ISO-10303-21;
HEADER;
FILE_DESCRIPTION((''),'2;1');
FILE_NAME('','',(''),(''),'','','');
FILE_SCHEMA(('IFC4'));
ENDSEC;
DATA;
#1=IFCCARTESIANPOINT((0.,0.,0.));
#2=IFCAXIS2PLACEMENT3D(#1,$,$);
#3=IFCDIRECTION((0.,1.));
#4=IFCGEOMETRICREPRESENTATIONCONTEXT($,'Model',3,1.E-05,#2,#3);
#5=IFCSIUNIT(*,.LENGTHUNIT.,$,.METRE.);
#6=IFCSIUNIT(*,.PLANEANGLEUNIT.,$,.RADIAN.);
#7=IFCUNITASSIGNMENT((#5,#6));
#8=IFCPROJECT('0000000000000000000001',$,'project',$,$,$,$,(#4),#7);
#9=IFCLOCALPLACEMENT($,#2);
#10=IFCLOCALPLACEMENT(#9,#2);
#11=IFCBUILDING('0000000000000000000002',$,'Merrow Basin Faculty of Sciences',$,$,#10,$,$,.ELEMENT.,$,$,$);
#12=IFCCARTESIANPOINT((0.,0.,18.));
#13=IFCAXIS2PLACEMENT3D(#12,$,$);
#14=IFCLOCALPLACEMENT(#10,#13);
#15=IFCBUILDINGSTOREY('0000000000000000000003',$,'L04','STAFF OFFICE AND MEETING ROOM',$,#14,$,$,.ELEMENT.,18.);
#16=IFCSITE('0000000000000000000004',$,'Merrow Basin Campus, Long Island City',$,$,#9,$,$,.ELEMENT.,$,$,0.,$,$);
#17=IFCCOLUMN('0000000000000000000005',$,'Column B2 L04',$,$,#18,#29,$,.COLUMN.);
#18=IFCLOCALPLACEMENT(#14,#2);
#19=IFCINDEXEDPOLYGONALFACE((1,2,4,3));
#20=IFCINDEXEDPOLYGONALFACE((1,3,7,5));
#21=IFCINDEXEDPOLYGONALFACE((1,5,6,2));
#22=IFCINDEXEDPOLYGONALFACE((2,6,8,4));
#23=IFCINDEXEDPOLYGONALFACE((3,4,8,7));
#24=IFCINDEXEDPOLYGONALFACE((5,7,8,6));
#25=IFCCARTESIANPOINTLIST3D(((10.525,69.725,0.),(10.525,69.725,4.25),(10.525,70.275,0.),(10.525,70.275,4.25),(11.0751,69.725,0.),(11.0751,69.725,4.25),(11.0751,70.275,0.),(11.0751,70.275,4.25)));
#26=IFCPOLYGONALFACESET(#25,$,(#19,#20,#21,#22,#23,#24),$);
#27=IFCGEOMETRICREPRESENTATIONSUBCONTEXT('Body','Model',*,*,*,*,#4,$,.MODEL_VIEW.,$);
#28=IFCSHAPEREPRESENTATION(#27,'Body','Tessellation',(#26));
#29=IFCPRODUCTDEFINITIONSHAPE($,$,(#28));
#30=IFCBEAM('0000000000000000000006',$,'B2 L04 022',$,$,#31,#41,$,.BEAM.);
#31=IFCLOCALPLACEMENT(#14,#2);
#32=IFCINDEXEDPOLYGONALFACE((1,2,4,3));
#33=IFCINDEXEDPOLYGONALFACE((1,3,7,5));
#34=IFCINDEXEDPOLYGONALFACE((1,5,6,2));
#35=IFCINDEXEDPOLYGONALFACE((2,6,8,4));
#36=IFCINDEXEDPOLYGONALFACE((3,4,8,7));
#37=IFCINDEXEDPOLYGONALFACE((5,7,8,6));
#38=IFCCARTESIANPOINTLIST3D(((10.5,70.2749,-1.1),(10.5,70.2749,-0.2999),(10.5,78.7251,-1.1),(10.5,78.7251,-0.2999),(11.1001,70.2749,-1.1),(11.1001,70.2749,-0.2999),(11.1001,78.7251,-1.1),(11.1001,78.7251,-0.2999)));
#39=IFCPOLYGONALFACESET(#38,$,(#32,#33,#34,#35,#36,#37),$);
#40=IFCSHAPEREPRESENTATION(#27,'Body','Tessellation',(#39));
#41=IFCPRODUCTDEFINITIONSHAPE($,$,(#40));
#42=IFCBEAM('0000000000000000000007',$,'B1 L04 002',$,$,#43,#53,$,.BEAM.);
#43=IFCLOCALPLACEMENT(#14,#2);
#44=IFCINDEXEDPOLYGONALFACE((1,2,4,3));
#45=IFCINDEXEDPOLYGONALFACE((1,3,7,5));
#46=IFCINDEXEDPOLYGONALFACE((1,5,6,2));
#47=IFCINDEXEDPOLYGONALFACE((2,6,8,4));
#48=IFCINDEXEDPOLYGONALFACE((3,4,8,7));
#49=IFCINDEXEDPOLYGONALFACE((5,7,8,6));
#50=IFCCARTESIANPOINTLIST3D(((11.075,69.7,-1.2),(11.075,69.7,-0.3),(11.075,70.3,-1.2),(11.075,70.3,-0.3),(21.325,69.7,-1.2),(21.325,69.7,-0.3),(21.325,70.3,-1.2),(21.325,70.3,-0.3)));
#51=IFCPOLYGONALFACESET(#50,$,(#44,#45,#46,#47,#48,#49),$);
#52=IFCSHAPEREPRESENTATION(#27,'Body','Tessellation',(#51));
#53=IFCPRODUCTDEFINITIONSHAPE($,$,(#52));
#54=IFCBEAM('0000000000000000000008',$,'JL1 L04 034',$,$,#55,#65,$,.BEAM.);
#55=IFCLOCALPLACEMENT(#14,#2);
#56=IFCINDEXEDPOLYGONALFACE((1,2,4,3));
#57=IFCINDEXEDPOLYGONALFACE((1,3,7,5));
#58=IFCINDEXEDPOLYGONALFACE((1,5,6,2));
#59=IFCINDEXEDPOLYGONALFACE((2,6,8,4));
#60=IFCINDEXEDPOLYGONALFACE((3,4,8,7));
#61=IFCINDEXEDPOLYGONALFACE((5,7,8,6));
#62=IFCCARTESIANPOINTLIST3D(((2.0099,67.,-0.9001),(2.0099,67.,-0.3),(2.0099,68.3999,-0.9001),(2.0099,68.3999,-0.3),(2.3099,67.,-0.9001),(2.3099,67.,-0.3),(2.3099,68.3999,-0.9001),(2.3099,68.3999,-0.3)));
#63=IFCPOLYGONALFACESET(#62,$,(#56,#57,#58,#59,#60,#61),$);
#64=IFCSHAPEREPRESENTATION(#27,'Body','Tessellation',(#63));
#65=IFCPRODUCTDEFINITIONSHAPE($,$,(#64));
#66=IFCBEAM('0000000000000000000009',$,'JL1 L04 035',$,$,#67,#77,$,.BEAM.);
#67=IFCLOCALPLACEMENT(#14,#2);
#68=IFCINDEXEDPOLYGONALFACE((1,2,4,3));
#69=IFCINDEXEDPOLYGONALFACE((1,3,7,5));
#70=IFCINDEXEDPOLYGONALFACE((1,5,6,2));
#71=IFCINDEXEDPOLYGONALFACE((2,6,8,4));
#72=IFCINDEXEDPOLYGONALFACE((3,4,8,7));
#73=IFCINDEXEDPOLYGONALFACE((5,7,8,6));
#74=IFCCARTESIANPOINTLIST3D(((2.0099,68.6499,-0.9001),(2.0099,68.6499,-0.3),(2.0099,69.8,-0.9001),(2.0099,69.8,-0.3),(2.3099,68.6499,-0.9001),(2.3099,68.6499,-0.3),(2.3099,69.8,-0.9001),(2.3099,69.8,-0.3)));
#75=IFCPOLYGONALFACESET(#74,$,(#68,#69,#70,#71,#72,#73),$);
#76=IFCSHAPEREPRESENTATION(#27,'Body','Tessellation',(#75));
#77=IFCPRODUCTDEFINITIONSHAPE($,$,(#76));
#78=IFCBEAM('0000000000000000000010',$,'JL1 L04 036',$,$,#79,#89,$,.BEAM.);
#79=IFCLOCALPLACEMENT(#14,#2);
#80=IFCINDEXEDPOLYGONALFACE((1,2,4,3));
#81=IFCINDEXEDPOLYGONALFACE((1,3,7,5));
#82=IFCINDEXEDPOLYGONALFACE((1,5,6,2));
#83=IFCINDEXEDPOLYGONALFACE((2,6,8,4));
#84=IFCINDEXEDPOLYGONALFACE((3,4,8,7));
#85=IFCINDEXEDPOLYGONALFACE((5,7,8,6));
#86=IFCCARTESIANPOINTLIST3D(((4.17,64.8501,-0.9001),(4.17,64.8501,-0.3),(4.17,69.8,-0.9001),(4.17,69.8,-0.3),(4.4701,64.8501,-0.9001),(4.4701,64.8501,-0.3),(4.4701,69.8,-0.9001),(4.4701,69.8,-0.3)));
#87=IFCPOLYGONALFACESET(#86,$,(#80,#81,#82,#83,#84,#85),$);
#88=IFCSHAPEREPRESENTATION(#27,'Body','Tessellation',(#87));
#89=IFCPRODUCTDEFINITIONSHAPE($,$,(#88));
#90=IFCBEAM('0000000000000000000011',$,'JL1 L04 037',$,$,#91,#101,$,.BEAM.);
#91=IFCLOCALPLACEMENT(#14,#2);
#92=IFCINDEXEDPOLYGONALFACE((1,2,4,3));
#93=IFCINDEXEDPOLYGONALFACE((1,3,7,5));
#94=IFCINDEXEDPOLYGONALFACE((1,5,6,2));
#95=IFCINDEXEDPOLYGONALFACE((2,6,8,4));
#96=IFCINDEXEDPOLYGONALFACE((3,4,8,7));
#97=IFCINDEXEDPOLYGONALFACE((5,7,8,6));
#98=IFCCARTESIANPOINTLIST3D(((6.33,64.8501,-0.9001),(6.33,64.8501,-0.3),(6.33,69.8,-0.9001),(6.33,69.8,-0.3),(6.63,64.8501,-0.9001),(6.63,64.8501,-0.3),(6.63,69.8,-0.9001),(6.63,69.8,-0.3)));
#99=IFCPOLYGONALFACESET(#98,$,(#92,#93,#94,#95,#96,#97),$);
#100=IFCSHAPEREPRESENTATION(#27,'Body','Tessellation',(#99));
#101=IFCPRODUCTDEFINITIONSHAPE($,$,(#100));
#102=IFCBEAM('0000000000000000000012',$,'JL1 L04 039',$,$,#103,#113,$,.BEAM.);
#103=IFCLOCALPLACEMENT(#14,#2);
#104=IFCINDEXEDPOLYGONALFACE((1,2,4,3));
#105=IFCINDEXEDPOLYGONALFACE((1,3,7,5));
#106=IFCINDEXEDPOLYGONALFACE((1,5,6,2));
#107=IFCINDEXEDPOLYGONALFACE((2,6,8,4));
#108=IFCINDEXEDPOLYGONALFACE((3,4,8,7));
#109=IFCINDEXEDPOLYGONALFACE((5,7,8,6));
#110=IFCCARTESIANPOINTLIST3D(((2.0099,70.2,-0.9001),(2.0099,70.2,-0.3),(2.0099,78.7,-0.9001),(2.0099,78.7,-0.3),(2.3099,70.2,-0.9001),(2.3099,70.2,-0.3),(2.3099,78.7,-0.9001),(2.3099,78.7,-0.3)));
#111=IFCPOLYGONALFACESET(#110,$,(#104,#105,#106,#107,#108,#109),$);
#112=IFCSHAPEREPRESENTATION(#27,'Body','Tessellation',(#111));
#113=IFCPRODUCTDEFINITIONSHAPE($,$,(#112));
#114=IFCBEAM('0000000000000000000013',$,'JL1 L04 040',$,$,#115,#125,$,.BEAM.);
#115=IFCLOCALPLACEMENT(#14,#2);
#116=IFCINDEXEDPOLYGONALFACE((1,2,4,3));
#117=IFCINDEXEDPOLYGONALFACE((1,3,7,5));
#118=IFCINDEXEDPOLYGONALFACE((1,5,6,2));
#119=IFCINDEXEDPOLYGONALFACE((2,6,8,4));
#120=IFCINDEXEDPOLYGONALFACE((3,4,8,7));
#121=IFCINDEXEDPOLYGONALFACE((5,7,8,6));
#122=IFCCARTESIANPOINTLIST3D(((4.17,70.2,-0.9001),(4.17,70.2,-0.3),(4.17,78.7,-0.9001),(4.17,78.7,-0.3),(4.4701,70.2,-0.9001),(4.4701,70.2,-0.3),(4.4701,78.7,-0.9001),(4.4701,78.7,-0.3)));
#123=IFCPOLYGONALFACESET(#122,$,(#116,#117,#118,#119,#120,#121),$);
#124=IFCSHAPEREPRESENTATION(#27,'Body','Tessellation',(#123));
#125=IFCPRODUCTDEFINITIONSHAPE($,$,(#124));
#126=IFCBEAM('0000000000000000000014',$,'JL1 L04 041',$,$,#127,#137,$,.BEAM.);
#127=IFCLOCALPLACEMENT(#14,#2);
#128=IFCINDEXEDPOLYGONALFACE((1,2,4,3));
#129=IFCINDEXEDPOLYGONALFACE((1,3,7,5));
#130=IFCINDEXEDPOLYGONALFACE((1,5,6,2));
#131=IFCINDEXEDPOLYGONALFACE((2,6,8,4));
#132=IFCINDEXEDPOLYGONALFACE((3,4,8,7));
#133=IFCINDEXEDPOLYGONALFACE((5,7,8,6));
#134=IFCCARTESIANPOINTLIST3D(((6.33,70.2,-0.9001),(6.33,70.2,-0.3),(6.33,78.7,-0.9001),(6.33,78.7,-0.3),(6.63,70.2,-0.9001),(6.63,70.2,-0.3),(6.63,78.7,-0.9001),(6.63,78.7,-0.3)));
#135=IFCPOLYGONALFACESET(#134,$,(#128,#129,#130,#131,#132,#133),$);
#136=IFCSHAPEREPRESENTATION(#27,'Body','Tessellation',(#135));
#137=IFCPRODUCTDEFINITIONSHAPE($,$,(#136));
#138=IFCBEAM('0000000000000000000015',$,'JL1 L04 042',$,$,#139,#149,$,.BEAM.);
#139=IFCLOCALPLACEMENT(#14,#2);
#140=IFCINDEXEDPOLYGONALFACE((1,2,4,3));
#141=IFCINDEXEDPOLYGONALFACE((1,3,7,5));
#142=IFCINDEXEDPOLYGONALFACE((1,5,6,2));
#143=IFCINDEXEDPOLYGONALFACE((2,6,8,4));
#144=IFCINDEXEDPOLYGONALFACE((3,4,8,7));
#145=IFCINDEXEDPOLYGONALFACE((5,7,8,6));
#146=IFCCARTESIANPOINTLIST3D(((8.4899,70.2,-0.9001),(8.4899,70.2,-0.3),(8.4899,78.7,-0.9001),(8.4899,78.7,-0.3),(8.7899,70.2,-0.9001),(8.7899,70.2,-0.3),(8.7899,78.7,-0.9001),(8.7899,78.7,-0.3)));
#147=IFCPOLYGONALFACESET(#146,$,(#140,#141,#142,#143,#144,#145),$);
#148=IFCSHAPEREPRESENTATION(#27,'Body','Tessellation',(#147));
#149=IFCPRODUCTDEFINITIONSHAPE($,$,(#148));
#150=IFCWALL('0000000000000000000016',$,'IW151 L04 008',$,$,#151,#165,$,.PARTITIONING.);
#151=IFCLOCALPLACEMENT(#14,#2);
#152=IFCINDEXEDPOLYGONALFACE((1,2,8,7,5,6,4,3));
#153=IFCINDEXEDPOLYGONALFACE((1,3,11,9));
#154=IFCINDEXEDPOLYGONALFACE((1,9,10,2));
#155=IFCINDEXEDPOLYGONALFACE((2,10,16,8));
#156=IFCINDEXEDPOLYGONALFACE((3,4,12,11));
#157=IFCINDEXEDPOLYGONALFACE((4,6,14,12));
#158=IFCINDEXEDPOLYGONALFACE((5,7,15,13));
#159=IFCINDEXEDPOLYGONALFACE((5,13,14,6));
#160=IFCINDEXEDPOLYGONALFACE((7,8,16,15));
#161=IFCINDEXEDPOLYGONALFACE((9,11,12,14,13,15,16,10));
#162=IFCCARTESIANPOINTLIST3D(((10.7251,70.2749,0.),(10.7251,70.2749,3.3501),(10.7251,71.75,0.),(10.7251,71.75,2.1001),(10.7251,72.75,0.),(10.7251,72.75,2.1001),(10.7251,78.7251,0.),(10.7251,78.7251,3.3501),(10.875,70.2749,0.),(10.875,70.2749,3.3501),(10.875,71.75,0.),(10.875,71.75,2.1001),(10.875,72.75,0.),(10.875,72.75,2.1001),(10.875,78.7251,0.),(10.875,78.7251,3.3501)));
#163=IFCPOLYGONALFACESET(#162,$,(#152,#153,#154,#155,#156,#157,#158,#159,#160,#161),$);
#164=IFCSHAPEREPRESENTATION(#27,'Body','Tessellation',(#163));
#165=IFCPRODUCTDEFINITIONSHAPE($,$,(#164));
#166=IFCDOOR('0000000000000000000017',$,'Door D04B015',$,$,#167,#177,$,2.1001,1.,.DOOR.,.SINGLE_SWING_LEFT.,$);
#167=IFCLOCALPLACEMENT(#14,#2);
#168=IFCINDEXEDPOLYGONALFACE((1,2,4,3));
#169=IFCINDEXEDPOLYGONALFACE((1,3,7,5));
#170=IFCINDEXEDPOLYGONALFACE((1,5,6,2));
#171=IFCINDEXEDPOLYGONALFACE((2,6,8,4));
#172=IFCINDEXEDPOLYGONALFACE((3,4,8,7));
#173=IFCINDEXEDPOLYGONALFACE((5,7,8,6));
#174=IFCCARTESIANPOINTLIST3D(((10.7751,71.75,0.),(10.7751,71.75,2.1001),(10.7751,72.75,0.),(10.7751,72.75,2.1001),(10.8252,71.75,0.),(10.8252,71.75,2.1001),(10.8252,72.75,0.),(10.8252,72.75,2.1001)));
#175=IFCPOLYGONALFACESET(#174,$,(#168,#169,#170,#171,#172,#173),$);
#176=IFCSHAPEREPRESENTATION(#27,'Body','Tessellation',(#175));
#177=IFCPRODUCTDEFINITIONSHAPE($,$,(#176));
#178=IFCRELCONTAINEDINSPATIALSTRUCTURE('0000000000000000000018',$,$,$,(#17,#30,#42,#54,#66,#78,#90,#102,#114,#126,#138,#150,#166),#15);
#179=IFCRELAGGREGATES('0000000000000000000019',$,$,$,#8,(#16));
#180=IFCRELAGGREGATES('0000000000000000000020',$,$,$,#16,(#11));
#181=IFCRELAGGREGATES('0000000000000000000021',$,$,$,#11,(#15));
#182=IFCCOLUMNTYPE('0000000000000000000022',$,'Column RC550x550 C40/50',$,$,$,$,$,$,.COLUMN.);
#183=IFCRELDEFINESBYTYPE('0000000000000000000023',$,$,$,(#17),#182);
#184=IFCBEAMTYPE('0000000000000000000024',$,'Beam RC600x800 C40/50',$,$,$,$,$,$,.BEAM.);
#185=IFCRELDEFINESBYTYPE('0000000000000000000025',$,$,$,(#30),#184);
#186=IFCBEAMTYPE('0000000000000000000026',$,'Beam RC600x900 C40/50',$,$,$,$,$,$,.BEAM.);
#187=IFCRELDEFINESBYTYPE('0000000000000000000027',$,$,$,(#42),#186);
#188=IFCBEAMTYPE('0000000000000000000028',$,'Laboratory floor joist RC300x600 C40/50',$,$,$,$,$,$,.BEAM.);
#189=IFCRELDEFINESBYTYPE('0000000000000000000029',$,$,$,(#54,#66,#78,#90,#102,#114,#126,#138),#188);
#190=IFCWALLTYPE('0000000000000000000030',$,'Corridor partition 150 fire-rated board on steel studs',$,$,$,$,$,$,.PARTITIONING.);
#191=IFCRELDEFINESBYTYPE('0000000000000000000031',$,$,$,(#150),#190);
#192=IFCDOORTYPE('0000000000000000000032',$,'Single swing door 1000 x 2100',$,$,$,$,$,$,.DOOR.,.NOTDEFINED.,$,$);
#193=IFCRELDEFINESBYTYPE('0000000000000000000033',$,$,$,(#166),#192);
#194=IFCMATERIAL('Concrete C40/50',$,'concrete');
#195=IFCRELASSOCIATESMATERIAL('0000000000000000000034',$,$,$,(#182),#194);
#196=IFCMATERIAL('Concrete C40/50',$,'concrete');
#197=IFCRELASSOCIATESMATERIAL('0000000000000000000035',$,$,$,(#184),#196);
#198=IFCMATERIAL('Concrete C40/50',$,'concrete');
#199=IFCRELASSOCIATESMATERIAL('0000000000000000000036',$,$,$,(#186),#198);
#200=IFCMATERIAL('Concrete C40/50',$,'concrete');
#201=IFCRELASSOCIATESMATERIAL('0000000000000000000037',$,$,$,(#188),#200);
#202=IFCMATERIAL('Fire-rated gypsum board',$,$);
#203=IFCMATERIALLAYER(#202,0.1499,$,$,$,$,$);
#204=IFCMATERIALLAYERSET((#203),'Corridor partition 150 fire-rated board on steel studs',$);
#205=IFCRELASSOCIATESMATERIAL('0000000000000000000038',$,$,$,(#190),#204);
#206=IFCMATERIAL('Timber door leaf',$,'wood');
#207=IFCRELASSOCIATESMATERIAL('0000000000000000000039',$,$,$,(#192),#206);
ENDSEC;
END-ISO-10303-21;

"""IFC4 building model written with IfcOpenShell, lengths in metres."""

from ifc_helpers import new_model, si_unit, direction, frame, frame_2d, origin, origin_2d, place, context, subcontext, project, spatial, rectangle, extrude, material, layer, layer_set, material_profile, profile_set, type_object, element, fill, save


model = new_model("IFC4")

# Units and contexts
model_context = context("Model", 3, precision=1e-05, world=origin(), true_north=direction((0.0, 1.0)))
body_context = subcontext(model_context, "Body", "Model", "MODEL_VIEW")
ifc_project = project(units=[si_unit("LENGTHUNIT", "METRE"), si_unit("PLANEANGLEUNIT", "RADIAN")], contexts=[model_context])

# Site, building, storey
site_placement = place(None, origin())
site = spatial("IfcSite", under=ifc_project, at=site_placement, Name="Merrow Basin Campus, Long Island City", CompositionType="ELEMENT", RefElevation=0.0)
building_placement = place(site_placement, origin())
building = spatial("IfcBuilding", under=site, at=building_placement, Name="Merrow Basin Faculty of Sciences", CompositionType="ELEMENT")
storey_placement = place(building_placement, frame((0.0, 0.0, 18.0)))
storey = spatial("IfcBuildingStorey", under=building, at=storey_placement, Name="L04", Description="STAFF OFFICE AND MEETING ROOM", CompositionType="ELEMENT", Elevation=18.0)

# Column
ifc_material_1 = material(Name="Concrete C40/50", Category="concrete")
ifc_material_profile_1 = material_profile(ifc_material_1, rectangle(XDim=0.55, YDim=0.55, at=origin_2d()))
ifc_profile_set_1 = profile_set([ifc_material_profile_1], Name="Concrete C40/50")
column_type = type_object("IfcColumnType", Name="Column RC550x550 C40/50", PredefinedType="COLUMN", material=ifc_profile_set_1)
column_placement = place(storey_placement, frame((10.8, 70.0, 0.0), z_axis=(0.0, 0.0, 1.0), x_axis=(1.0, 0.0, 0.0)))
element("IfcColumn", 1, at=column_placement, inside=storey, type_object=column_type, Name="Column B2 L04", PredefinedType="COLUMN", context=body_context, shape_type="SweptSolid", body=[
    extrude(rectangle(XDim=0.55, YDim=0.55, at=origin_2d()), origin(), (0.0, 0.0, 1.0), 4.25),
])

# Beams
ifc_material_2 = material(Name="Concrete C40/50", Category="concrete")
ifc_material_profile_2 = material_profile(ifc_material_2, rectangle(XDim=0.6001, YDim=0.8, at=origin_2d()))
ifc_profile_set_2 = profile_set([ifc_material_profile_2], Name="Concrete C40/50")
beam_type_1 = type_object("IfcBeamType", Name="Beam RC600x800 C40/50", PredefinedType="BEAM", material=ifc_profile_set_2)
beam_1_placement = place(storey_placement, frame((10.8, 70.2749, -0.7), z_axis=(0.0, 1.0, 0.0), x_axis=(-1.0, 0.0, 0.0)))
element("IfcBeam", 2, at=beam_1_placement, inside=storey, type_object=beam_type_1, Name="B2 L04 022", PredefinedType="BEAM", context=body_context, shape_type="SweptSolid", body=[
    extrude(rectangle(XDim=0.6001, YDim=0.8, at=origin_2d()), origin(), (0.0, 0.0, 1.0), 8.4502),
])
ifc_material_3 = material(Name="Concrete C40/50", Category="concrete")
ifc_material_profile_3 = material_profile(ifc_material_3, rectangle(XDim=0.6001, YDim=0.8999, at=origin_2d()))
ifc_profile_set_3 = profile_set([ifc_material_profile_3], Name="Concrete C40/50")
beam_type_2 = type_object("IfcBeamType", Name="Beam RC600x900 C40/50", PredefinedType="BEAM", material=ifc_profile_set_3)
beam_2_placement = place(storey_placement, frame((11.075, 70.0, -0.75), z_axis=(1.0, 0.0, 0.0), x_axis=(0.0, 1.0, 0.0)))
element("IfcBeam", 3, at=beam_2_placement, inside=storey, type_object=beam_type_2, Name="B1 L04 002", PredefinedType="BEAM", context=body_context, shape_type="SweptSolid", body=[
    extrude(rectangle(XDim=0.6001, YDim=0.8999, at=origin_2d()), origin(), (0.0, 0.0, 1.0), 10.25),
])
ifc_material_4 = material(Name="Concrete C40/50", Category="concrete")
ifc_material_profile_4 = material_profile(ifc_material_4, rectangle(XDim=0.3, YDim=0.6001, at=origin_2d()))
ifc_profile_set_4 = profile_set([ifc_material_profile_4], Name="Concrete C40/50")
beam_type_3 = type_object("IfcBeamType", Name="Laboratory floor joist RC300x600 C40/50", PredefinedType="BEAM", material=ifc_profile_set_4)
beam_3_placement = place(storey_placement, frame((2.1599, 67.0, -0.6001), z_axis=(0.0, 1.0, 0.0), x_axis=(-1.0, 0.0, 0.0)))
element("IfcBeam", 4, at=beam_3_placement, inside=storey, type_object=beam_type_3, Name="JL1 L04 034", PredefinedType="BEAM", context=body_context, shape_type="SweptSolid", body=[
    extrude(rectangle(XDim=0.3, YDim=0.6001, at=origin_2d()), origin(), (0.0, 0.0, 1.0), 1.3999),
])
beam_4_placement = place(storey_placement, frame((2.1599, 68.6499, -0.6001), z_axis=(0.0, 1.0, 0.0), x_axis=(-1.0, 0.0, 0.0)))
element("IfcBeam", 5, at=beam_4_placement, inside=storey, type_object=beam_type_3, Name="JL1 L04 035", PredefinedType="BEAM", context=body_context, shape_type="SweptSolid", body=[
    extrude(rectangle(XDim=0.3, YDim=0.6001, at=origin_2d()), origin(), (0.0, 0.0, 1.0), 1.1501),
])
for number, where, z_axis, x_axis, name in (
    (6, (4.3201, 64.8501, -0.6001), (0.0, 1.0, 0.0), (-1.0, 0.0, 0.0), "JL1 L04 036"),
    (7, (6.48, 64.8501, -0.6001), (0.0, 1.0, 0.0), (-1.0, 0.0, 0.0), "JL1 L04 037"),
):
    element("IfcBeam", number, at=place(storey_placement, frame(where, z_axis=z_axis, x_axis=x_axis)), inside=storey, type_object=beam_type_3, Name=name, PredefinedType="BEAM", context=body_context, shape_type="SweptSolid", body=[
        extrude(rectangle(XDim=0.3, YDim=0.6001, at=origin_2d()), origin(), (0.0, 0.0, 1.0), 4.95),
    ])
for number, where, z_axis, x_axis, name in (
    (8, (2.1599, 70.2, -0.6001), (0.0, 1.0, 0.0), (-1.0, 0.0, 0.0), "JL1 L04 039"),
    (9, (4.3201, 70.2, -0.6001), (0.0, 1.0, 0.0), (-1.0, 0.0, 0.0), "JL1 L04 040"),
    (10, (6.48, 70.2, -0.6001), (0.0, 1.0, 0.0), (-1.0, 0.0, 0.0), "JL1 L04 041"),
    (11, (8.6399, 70.2, -0.6001), (0.0, 1.0, 0.0), (-1.0, 0.0, 0.0), "JL1 L04 042"),
):
    element("IfcBeam", number, at=place(storey_placement, frame(where, z_axis=z_axis, x_axis=x_axis)), inside=storey, type_object=beam_type_3, Name=name, PredefinedType="BEAM", context=body_context, shape_type="SweptSolid", body=[
        extrude(rectangle(XDim=0.3, YDim=0.6001, at=origin_2d()), origin(), (0.0, 0.0, 1.0), 8.5),
    ])

# Wall, opening, door
ifc_material_5 = material(Name="Fire-rated gypsum board")
ifc_layer_1 = layer(ifc_material_5, 0.1499)
ifc_layer_set_1 = layer_set([ifc_layer_1], Name="Corridor partition 150 fire-rated board on steel studs")
wall_type_1 = type_object("IfcWallType", Name="Corridor partition 150 fire-rated board on steel studs", PredefinedType="PARTITIONING", material=ifc_layer_set_1)
wall_1_placement = place(storey_placement, frame((10.8, 70.2749, 0.0), z_axis=(0.0, 0.0, 1.0), x_axis=(0.0, 1.0, 0.0)))
wall_1 = element("IfcWall", 12, at=wall_1_placement, inside=storey, type_object=wall_type_1, Name="IW151 L04 008", PredefinedType="PARTITIONING", context=body_context, shape_type="SweptSolid", body=[
    extrude(rectangle(XDim=8.4502, YDim=0.1499, at=frame_2d((4.2251, 0.0))), origin(), (0.0, 0.0, 1.0), 3.3501),
])
opening_1_placement = place(wall_1_placement, frame((1.4751, 0.0, 0.0)))
opening_1 = element("IfcOpeningElement", 13, at=opening_1_placement, cuts=wall_1, PredefinedType="OPENING", context=body_context, shape_type="SweptSolid", body=[
    extrude(rectangle(XDim=1.0, YDim=2.1001, at=frame_2d((0.5, 1.05))), frame((0.0, 0.085, 0.0), z_axis=(0.0, -1.0, 0.0), x_axis=(1.0, 0.0, 0.0)), (0.0, 0.0, 1.0), 0.1699),
])
ifc_material_6 = material(Name="Timber door leaf", Category="wood")
door_type_1 = type_object("IfcDoorType", Name="Single swing door 1000 x 2100", OperationType="NOTDEFINED", PredefinedType="DOOR", material=ifc_material_6)
door_1_placement = place(opening_1_placement, origin())
door_1 = element("IfcDoor", 14, at=door_1_placement, inside=storey, type_object=door_type_1, Name="Door D04B015", OperationType="SINGLE_SWING_LEFT", OverallHeight=2.1001, OverallWidth=1.0, PredefinedType="DOOR", context=body_context, shape_type="SweptSolid", body=[
    extrude(rectangle(XDim=1.0, YDim=2.1001, at=frame_2d((0.5, 1.05))), frame((0.0, 0.0249, 0.0), z_axis=(0.0, -1.0, 0.0), x_axis=(1.0, 0.0, 0.0)), (0.0, 0.0, 1.0), 0.05),
])
fill(opening_1, door_1)

save(model, "model.ifc")
